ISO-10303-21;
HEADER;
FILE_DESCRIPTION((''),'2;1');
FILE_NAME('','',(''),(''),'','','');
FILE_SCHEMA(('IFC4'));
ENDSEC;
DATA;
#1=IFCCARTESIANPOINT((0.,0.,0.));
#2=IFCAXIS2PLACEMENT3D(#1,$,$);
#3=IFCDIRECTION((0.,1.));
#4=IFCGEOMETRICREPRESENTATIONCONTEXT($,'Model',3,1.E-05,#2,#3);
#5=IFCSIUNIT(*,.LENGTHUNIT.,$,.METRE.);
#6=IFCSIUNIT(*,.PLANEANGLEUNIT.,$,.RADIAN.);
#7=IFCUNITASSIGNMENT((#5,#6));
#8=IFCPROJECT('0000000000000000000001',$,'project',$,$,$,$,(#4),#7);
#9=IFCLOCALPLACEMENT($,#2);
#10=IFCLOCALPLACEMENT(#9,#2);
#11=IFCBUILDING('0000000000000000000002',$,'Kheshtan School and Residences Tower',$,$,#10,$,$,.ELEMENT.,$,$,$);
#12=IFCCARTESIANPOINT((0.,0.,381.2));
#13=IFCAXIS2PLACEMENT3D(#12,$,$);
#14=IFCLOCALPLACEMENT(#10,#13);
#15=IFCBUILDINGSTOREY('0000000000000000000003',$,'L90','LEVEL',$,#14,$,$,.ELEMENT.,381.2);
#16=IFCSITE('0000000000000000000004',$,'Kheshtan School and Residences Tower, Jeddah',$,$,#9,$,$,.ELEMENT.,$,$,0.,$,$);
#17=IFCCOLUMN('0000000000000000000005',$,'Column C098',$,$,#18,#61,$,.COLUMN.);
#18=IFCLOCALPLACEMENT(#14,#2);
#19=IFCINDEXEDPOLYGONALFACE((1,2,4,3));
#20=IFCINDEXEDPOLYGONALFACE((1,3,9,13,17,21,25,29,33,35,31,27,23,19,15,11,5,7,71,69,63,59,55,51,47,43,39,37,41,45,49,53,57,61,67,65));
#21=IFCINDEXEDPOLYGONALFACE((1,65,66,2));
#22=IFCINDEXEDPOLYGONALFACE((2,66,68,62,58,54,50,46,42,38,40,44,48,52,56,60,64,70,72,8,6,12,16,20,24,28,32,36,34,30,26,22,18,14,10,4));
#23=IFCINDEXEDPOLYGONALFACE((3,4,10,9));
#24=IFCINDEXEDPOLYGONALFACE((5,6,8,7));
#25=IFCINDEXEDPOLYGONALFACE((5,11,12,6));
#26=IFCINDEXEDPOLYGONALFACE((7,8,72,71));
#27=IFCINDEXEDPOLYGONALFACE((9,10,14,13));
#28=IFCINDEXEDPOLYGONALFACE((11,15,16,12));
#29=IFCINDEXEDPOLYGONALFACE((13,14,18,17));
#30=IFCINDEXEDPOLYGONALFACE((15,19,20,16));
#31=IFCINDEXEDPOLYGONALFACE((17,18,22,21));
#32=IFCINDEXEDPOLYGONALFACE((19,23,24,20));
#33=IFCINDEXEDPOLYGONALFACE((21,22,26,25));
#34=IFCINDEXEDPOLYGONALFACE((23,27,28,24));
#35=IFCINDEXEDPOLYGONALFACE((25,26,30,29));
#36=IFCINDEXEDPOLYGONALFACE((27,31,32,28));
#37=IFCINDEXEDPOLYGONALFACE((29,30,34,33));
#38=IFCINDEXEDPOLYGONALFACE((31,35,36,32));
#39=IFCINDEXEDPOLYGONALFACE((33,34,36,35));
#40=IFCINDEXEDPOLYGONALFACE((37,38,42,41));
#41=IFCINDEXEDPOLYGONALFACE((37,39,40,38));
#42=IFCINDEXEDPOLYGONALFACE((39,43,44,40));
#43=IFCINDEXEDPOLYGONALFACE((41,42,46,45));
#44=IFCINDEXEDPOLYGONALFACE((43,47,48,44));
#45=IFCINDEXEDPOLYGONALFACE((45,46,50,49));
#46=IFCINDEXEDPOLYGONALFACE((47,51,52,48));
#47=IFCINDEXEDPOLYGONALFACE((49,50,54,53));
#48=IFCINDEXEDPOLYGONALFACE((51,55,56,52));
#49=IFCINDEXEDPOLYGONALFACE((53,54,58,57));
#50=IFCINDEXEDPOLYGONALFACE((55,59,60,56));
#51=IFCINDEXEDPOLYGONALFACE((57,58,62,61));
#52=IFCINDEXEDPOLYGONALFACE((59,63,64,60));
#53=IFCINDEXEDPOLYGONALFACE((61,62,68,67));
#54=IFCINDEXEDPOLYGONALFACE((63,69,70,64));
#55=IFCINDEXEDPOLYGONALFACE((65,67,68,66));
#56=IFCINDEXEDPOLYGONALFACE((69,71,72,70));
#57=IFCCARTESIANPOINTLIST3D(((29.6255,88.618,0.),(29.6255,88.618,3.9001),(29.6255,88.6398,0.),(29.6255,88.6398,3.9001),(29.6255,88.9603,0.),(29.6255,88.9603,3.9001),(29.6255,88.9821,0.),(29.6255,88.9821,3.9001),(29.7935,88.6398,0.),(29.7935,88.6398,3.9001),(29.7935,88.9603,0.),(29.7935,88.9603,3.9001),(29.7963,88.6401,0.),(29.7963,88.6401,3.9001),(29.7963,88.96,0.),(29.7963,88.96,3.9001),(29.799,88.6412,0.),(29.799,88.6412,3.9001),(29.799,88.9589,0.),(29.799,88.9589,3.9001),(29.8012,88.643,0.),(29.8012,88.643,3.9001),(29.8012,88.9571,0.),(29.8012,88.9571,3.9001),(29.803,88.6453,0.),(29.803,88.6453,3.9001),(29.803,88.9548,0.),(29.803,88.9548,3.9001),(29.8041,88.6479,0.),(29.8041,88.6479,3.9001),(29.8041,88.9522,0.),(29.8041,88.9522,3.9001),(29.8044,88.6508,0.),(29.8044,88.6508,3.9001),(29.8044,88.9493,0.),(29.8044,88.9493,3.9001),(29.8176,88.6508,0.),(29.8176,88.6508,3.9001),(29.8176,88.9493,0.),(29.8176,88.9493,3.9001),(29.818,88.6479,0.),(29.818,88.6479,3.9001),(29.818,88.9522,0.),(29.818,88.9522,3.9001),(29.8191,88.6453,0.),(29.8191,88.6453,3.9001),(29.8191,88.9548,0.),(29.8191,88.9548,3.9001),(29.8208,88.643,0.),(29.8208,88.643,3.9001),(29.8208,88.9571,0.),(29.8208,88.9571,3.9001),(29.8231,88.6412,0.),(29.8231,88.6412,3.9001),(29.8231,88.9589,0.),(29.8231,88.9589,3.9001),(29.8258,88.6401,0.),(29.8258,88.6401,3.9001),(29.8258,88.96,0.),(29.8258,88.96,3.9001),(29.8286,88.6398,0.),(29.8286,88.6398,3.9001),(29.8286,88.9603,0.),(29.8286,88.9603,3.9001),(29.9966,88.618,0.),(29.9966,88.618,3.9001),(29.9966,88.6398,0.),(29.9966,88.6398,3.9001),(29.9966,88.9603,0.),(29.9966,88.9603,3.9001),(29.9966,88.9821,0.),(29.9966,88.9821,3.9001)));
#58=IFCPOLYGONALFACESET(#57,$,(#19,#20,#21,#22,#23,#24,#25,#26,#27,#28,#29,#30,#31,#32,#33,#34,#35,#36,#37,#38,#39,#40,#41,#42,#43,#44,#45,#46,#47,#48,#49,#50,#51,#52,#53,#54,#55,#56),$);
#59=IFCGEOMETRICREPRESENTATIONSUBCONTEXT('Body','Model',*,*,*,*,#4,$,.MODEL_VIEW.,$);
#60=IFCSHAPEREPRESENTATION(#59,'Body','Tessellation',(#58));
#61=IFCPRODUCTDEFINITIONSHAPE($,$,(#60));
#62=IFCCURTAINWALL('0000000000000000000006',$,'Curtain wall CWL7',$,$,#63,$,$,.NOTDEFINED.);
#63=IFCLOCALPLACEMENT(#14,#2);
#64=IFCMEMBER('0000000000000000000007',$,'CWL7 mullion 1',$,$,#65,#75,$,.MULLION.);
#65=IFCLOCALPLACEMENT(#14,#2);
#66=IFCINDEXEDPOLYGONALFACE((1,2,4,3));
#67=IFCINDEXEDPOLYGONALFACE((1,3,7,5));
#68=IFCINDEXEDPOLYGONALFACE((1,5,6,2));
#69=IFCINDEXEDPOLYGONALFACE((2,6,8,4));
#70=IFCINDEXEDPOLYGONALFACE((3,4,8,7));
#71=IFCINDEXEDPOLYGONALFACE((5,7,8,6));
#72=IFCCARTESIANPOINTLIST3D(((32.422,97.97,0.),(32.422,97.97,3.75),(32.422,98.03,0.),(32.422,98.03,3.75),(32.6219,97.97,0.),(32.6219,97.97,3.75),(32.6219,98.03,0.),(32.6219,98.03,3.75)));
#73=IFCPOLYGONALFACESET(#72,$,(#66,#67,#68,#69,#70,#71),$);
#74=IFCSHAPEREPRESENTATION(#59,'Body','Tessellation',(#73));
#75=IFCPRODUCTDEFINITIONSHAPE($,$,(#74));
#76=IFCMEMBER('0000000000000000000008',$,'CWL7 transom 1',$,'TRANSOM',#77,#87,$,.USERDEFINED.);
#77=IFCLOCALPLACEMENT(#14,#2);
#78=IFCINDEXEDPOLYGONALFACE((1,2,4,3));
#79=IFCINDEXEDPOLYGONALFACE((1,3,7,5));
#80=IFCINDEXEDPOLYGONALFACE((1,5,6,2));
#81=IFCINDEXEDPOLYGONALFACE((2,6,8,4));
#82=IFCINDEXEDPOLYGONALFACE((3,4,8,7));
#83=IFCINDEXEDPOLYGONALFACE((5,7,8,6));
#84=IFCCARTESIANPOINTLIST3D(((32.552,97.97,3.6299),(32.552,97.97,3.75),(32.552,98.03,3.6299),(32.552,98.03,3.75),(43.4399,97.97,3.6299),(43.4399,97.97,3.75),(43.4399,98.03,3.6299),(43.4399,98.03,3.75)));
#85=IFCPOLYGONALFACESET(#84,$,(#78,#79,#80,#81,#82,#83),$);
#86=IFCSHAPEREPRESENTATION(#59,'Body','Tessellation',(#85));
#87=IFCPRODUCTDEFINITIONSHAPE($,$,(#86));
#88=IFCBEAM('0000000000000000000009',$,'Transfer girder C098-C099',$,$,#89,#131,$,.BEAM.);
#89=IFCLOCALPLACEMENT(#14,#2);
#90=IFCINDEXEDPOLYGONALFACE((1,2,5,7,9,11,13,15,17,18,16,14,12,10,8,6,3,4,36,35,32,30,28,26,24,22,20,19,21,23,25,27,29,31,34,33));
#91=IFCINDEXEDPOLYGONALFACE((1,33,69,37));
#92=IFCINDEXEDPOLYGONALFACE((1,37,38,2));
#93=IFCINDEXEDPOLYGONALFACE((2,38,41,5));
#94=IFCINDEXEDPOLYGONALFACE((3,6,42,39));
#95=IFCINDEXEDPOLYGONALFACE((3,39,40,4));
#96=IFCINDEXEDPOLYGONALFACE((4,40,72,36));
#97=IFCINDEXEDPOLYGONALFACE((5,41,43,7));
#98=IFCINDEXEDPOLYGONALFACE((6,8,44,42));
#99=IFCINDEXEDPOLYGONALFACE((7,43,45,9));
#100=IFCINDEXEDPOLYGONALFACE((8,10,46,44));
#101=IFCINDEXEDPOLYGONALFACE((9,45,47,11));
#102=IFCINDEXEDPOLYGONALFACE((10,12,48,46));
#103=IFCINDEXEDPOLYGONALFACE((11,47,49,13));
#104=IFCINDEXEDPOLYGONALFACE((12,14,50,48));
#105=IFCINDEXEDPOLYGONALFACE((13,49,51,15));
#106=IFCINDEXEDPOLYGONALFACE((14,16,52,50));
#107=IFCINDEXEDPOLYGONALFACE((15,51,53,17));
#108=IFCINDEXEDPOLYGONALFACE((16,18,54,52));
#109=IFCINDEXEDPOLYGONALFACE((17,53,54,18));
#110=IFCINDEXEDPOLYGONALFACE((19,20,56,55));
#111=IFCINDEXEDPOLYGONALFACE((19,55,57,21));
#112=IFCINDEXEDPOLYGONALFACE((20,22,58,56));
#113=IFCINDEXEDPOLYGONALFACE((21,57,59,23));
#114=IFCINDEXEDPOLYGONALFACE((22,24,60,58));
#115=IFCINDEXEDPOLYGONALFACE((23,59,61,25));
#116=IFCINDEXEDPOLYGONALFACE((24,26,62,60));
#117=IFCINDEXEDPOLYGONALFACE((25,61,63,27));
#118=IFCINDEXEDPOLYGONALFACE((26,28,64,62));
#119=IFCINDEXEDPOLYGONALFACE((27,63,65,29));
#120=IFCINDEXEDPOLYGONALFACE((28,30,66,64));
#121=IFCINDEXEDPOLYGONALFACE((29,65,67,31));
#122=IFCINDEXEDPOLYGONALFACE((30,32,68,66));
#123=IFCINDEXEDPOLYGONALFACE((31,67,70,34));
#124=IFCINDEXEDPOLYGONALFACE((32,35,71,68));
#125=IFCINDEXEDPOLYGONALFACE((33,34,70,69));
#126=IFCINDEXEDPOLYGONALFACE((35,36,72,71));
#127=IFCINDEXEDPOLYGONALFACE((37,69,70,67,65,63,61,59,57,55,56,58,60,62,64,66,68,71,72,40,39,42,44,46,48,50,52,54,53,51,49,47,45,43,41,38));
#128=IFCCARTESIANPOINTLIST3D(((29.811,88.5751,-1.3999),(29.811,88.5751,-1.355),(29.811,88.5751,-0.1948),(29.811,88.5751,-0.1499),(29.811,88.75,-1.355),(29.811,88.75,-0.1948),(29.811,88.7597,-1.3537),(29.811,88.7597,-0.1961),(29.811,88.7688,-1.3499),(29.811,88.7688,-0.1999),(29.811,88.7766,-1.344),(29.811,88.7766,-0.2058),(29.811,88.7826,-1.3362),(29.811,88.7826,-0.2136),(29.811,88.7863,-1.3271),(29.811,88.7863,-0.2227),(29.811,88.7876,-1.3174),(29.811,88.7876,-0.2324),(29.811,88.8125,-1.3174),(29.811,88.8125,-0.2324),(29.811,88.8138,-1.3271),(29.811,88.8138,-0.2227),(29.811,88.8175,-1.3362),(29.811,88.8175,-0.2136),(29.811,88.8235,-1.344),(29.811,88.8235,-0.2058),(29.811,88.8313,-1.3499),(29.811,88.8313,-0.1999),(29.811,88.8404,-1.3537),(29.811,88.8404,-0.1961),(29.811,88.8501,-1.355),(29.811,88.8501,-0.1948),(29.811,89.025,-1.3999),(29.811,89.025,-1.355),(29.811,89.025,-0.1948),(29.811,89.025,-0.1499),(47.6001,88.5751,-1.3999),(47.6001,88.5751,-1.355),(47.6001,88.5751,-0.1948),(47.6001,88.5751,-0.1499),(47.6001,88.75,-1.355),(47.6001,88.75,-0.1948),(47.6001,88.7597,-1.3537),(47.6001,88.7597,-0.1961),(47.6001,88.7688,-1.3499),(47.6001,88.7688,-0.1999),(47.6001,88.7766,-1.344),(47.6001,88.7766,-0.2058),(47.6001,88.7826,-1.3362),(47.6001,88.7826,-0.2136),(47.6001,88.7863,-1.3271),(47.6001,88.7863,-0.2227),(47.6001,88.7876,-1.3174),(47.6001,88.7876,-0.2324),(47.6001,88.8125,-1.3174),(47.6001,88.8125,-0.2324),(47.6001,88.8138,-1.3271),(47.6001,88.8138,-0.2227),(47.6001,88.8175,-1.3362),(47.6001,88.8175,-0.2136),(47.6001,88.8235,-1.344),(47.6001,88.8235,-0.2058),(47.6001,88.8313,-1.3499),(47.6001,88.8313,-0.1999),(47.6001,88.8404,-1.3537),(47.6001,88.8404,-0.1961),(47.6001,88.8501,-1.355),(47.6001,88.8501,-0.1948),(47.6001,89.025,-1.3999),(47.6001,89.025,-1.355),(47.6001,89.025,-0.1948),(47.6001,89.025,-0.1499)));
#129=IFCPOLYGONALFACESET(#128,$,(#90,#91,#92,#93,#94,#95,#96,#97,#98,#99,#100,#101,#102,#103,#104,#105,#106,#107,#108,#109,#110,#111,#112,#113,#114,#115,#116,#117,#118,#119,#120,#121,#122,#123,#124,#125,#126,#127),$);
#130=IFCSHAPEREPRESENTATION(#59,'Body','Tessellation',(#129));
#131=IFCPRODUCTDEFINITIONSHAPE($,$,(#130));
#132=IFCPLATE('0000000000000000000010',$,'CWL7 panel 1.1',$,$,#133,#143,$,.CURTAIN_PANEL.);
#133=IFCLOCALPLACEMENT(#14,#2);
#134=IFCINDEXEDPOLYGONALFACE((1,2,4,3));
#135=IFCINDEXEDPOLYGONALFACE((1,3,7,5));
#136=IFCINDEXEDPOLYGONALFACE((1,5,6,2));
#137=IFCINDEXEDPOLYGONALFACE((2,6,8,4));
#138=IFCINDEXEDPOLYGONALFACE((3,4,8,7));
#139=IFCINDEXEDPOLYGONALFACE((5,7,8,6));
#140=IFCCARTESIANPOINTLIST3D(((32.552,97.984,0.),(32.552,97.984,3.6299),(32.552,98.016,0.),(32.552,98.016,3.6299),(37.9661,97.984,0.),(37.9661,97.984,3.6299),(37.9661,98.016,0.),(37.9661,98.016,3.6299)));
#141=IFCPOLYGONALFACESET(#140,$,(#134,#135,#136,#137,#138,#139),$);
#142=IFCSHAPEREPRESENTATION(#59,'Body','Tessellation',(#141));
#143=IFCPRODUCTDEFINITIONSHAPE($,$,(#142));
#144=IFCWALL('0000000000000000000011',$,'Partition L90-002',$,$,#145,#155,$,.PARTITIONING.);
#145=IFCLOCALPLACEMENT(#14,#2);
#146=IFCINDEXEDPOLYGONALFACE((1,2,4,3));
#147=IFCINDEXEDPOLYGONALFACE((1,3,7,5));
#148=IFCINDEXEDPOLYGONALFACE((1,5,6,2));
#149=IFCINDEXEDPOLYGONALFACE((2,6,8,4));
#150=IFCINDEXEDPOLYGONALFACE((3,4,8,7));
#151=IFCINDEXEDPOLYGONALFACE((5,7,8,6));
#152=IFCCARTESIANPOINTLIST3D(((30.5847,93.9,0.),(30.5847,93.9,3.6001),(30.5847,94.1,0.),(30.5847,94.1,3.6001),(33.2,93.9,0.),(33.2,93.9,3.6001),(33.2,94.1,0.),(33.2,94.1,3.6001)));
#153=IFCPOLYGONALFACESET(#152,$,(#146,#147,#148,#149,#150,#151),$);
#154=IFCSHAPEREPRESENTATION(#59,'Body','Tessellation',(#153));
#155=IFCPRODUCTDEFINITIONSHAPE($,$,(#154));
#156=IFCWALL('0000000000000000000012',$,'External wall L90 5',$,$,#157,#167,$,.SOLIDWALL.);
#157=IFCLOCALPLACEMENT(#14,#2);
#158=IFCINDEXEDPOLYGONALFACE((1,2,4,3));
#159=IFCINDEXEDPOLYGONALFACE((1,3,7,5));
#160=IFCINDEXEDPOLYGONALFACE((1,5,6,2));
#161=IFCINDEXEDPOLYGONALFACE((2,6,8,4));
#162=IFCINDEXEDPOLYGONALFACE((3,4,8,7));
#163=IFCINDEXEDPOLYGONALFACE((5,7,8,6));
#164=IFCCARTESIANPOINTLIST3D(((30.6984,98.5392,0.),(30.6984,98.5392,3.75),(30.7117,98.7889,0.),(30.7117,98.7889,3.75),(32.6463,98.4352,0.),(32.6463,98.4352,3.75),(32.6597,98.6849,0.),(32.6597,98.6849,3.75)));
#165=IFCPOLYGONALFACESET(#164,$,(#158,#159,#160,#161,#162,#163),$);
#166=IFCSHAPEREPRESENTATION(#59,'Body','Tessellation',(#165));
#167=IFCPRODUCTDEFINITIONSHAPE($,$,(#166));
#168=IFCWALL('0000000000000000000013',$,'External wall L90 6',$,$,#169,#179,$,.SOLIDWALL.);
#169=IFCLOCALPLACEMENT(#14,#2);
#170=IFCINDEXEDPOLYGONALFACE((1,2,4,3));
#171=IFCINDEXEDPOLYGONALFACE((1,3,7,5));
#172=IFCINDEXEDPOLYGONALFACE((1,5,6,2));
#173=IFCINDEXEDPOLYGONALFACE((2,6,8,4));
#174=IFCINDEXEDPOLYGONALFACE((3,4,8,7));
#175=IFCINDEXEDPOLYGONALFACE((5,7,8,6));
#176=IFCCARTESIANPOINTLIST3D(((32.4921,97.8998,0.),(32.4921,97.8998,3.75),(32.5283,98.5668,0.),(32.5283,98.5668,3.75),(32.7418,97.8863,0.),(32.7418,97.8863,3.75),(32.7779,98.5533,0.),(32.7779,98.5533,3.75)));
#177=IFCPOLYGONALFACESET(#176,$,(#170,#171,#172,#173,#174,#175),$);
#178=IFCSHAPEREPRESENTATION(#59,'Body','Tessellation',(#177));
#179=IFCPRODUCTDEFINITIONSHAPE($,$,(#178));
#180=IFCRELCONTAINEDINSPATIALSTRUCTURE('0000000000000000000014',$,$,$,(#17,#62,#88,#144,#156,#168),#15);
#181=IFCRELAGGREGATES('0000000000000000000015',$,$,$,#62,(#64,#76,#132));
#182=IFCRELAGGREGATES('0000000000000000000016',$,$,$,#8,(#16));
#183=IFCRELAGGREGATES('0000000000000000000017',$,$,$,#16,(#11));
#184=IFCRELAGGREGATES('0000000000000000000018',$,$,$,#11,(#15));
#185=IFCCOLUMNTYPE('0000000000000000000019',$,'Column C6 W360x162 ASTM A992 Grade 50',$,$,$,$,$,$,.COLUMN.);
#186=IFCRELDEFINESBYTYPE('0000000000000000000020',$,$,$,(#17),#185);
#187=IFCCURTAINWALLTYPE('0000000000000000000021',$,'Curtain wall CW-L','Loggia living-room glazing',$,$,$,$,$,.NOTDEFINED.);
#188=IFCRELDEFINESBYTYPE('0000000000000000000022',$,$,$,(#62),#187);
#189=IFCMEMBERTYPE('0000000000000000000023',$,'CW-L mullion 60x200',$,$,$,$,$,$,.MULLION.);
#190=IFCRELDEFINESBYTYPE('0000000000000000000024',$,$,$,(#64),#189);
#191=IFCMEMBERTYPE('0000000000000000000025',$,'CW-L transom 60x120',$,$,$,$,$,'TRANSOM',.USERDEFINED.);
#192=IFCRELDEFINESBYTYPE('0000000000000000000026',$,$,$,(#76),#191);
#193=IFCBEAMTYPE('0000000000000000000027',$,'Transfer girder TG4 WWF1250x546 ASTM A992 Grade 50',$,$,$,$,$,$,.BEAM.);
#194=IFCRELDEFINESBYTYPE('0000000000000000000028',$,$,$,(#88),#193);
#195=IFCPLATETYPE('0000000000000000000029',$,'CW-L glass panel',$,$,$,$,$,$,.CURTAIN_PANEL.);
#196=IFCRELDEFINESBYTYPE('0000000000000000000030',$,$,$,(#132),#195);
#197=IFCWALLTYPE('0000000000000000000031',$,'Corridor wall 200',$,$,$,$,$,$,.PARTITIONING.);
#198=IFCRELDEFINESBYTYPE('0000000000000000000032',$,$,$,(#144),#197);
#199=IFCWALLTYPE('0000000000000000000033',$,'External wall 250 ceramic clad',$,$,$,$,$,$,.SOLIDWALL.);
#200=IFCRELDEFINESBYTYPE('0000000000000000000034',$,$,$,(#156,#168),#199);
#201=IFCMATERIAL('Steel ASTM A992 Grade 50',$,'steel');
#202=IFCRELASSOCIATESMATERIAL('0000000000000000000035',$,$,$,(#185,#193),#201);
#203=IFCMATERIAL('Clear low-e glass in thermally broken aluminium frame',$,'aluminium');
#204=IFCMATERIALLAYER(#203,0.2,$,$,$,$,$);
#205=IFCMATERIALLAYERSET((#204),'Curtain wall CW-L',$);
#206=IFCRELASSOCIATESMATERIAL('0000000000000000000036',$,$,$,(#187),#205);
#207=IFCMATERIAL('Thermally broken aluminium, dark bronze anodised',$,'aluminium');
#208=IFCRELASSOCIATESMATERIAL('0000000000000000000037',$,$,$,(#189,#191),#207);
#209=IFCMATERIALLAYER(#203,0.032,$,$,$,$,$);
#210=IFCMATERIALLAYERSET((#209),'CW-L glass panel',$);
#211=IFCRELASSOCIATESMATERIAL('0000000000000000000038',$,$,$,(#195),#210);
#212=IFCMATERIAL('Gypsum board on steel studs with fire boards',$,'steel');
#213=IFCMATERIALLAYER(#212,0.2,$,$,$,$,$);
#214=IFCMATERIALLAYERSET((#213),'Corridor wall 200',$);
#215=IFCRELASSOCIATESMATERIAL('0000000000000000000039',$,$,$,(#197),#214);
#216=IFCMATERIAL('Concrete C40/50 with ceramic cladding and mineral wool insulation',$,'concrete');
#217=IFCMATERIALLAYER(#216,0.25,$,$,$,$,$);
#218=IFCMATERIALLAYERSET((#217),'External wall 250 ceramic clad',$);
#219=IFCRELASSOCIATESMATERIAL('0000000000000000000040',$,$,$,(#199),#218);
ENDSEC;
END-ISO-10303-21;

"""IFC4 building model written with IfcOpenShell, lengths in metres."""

from ifc_helpers import new_model, si_unit, direction, frame, frame_2d, origin, origin_2d, place, context, subcontext, project, spatial, rectangle, i_section, extrude, material, layer, layer_set, material_profile, profile_set, type_object, element, aggregate, save


model = new_model("IFC4")

# Units and contexts
model_context = context("Model", 3, precision=1e-05, world=origin(), true_north=direction((0.0, 1.0)))
body_context = subcontext(model_context, "Body", "Model", "MODEL_VIEW")
ifc_project = project(units=[si_unit("LENGTHUNIT", "METRE"), si_unit("PLANEANGLEUNIT", "RADIAN")], contexts=[model_context])

# Site, building, storey
site_placement = place(None, origin())
site = spatial("IfcSite", under=ifc_project, at=site_placement, Name="Kheshtan School and Residences Tower, Jeddah", CompositionType="ELEMENT", RefElevation=0.0)
building_placement = place(site_placement, origin())
building = spatial("IfcBuilding", under=site, at=building_placement, Name="Kheshtan School and Residences Tower", CompositionType="ELEMENT")
storey_placement = place(building_placement, frame((0.0, 0.0, 381.2)))
storey = spatial("IfcBuildingStorey", under=building, at=storey_placement, Name="L90", Description="LEVEL", CompositionType="ELEMENT", Elevation=381.2)

# Column
ifc_material_1 = material(Name="Steel ASTM A992 Grade 50", Category="steel")
ifc_material_profile_1 = material_profile(ifc_material_1, i_section(OverallWidth=0.3711, OverallDepth=0.364, WebThickness=0.0132, FlangeThickness=0.0217, FilletRadius=0.011, at=origin_2d()), Name="W360x162")
ifc_profile_set_1 = profile_set([ifc_material_profile_1], Name="Steel ASTM A992 Grade 50")
column_type = type_object("IfcColumnType", Name="Column C6 W360x162 ASTM A992 Grade 50", PredefinedType="COLUMN", material=ifc_profile_set_1)
column_placement = place(storey_placement, frame((29.811, 88.8, 0.0), z_axis=(0.0, 0.0, 1.0), x_axis=(1.0, 0.0, 0.0)))
element("IfcColumn", 1, at=column_placement, inside=storey, type_object=column_type, Name="Column C098", PredefinedType="COLUMN", context=body_context, shape_type="SweptSolid", body=[
    extrude(i_section(OverallWidth=0.3711, OverallDepth=0.364, WebThickness=0.0132, FlangeThickness=0.0217, FilletRadius=0.011, at=origin_2d()), origin(), (0.0, 0.0, 1.0), 3.9001),
])

# Curtain wall, members
ifc_material_2 = material(Name="Clear low-e glass in thermally broken aluminium frame", Category="aluminium")
ifc_layer_1 = layer(ifc_material_2, 0.2)
ifc_layer_set_1 = layer_set([ifc_layer_1], Name="Curtain wall CW-L")
curtain_wall_type = type_object("IfcCurtainWallType", Name="Curtain wall CW-L", Description="Loggia living-room glazing", PredefinedType="NOTDEFINED", material=ifc_layer_set_1)
curtain_wall_placement = place(storey_placement, origin())
curtain_wall = element("IfcCurtainWall", 2, at=curtain_wall_placement, inside=storey, type_object=curtain_wall_type, Name="Curtain wall CWL7", PredefinedType="NOTDEFINED")
ifc_material_3 = material(Name="Thermally broken aluminium, dark bronze anodised", Category="aluminium")
ifc_material_profile_2 = material_profile(ifc_material_3, rectangle(XDim=0.0601, YDim=0.2, at=origin_2d()), Name="CW-L mullion 60x200")
ifc_profile_set_2 = profile_set([ifc_material_profile_2], Name="Thermally broken aluminium, dark bronze anodised")
member_type_1 = type_object("IfcMemberType", Name="CW-L mullion 60x200", PredefinedType="MULLION", material=ifc_profile_set_2)
member_1_placement = place(storey_placement, frame((32.522, 98.0, 0.0), z_axis=(0.0, 0.0, 1.0), x_axis=(0.0, 1.0, 0.0)))
member_1 = element("IfcMember", 3, at=member_1_placement, type_object=member_type_1, Name="CWL7 mullion 1", PredefinedType="MULLION", context=body_context, shape_type="SweptSolid", body=[
    extrude(rectangle(XDim=0.0601, YDim=0.2, at=origin_2d()), origin(), (0.0, 0.0, 1.0), 3.75),
])
ifc_material_profile_3 = material_profile(ifc_material_3, rectangle(XDim=0.0601, YDim=0.1201, at=origin_2d()), Name="CW-L transom 60x120")
ifc_profile_set_3 = profile_set([ifc_material_profile_3], Name="Thermally broken aluminium, dark bronze anodised")
member_type_2 = type_object("IfcMemberType", Name="CW-L transom 60x120", ElementType="TRANSOM", PredefinedType="USERDEFINED", material=ifc_profile_set_3)
member_2_placement = place(storey_placement, frame((32.552, 98.0, 3.6899), z_axis=(1.0, 0.0, 0.0), x_axis=(0.0, 1.0, 0.0)))
member_2 = element("IfcMember", 4, at=member_2_placement, type_object=member_type_2, Name="CWL7 transom 1", ObjectType="TRANSOM", PredefinedType="USERDEFINED", context=body_context, shape_type="SweptSolid", body=[
    extrude(rectangle(XDim=0.0601, YDim=0.1201, at=origin_2d()), origin(), (0.0, 0.0, 1.0), 10.8879),
])

# Beam
ifc_material_profile_4 = material_profile(ifc_material_1, i_section(OverallWidth=0.45, OverallDepth=1.25, WebThickness=0.0249, FlangeThickness=0.0449, FilletRadius=0.0376, at=origin_2d()), Name="WWF1250x546")
ifc_profile_set_4 = profile_set([ifc_material_profile_4], Name="Steel ASTM A992 Grade 50")
beam_type = type_object("IfcBeamType", Name="Transfer girder TG4 WWF1250x546 ASTM A992 Grade 50", PredefinedType="BEAM", material=ifc_profile_set_4)
beam_placement = place(storey_placement, frame((29.811, 88.8, -0.7749), z_axis=(1.0, 0.0, 0.0), x_axis=(0.0, 1.0, 0.0)))
element("IfcBeam", 5, at=beam_placement, inside=storey, type_object=beam_type, Name="Transfer girder C098-C099", PredefinedType="BEAM", context=body_context, shape_type="SweptSolid", body=[
    extrude(i_section(OverallWidth=0.45, OverallDepth=1.25, WebThickness=0.0249, FlangeThickness=0.0449, FilletRadius=0.0376, at=origin_2d()), origin(), (0.0, 0.0, 1.0), 17.7891),
])

# Plate
ifc_layer_2 = layer(ifc_material_2, 0.032)
ifc_layer_set_2 = layer_set([ifc_layer_2], Name="CW-L glass panel")
plate_type = type_object("IfcPlateType", Name="CW-L glass panel", PredefinedType="CURTAIN_PANEL", material=ifc_layer_set_2)
plate_placement = place(storey_placement, frame((35.259, 98.0, 0.0), z_axis=(0.0, 0.0, 1.0), x_axis=(1.0, 0.0, 0.0)))
plate = element("IfcPlate", 6, at=plate_placement, type_object=plate_type, Name="CWL7 panel 1.1", PredefinedType="CURTAIN_PANEL", context=body_context, shape_type="SweptSolid", body=[
    extrude(rectangle(XDim=5.4141, YDim=0.032, at=origin_2d()), origin(), (0.0, 0.0, 1.0), 3.6299),
])
aggregate(curtain_wall, [member_1, member_2, plate])

# Walls
ifc_material_4 = material(Name="Gypsum board on steel studs with fire boards", Category="steel")
ifc_layer_3 = layer(ifc_material_4, 0.2)
ifc_layer_set_3 = layer_set([ifc_layer_3], Name="Corridor wall 200")
wall_type_1 = type_object("IfcWallType", Name="Corridor wall 200", PredefinedType="PARTITIONING", material=ifc_layer_set_3)
wall_1_placement = place(storey_placement, frame((30.5847, 94.0, 0.0), z_axis=(0.0, 0.0, 1.0), x_axis=(1.0, 0.0, 0.0)))
element("IfcWall", 7, at=wall_1_placement, inside=storey, type_object=wall_type_1, Name="Partition L90-002", PredefinedType="PARTITIONING", context=body_context, shape_type="SweptSolid", body=[
    extrude(rectangle(XDim=2.6152, YDim=0.2, at=frame_2d((1.3076, 0.0))), origin(), (0.0, 0.0, 1.0), 3.6001),
])
ifc_material_5 = material(Name="Concrete C40/50 with ceramic cladding and mineral wool insulation", Category="concrete")
ifc_layer_4 = layer(ifc_material_5, 0.25)
ifc_layer_set_4 = layer_set([ifc_layer_4], Name="External wall 250 ceramic clad")
wall_type_2 = type_object("IfcWallType", Name="External wall 250 ceramic clad", PredefinedType="SOLIDWALL", material=ifc_layer_set_4)
wall_2_placement = place(storey_placement, frame((30.7051, 98.6641, 0.0), z_axis=(0.0, 0.0, 1.0), x_axis=(0.998578, -0.053314, 0.0)))
element("IfcWall", 8, at=wall_2_placement, inside=storey, type_object=wall_type_2, Name="External wall L90 5", PredefinedType="SOLIDWALL", context=body_context, shape_type="SweptSolid", body=[
    extrude(rectangle(XDim=1.9507, YDim=0.25, at=frame_2d((0.9753, 0.0))), origin(), (0.0, 0.0, 1.0), 3.75),
])
wall_3_placement = place(storey_placement, frame((32.6531, 98.5601, 0.0), z_axis=(0.0, 0.0, 1.0), x_axis=(-0.054093, -0.998536, 0.0)))
element("IfcWall", 9, at=wall_3_placement, inside=storey, type_object=wall_type_2, Name="External wall L90 6", PredefinedType="SOLIDWALL", context=body_context, shape_type="SweptSolid", body=[
    extrude(rectangle(XDim=0.668, YDim=0.25, at=frame_2d((0.334, 0.0))), origin(), (0.0, 0.0, 1.0), 3.75),
])

save(model, "model.ifc")
